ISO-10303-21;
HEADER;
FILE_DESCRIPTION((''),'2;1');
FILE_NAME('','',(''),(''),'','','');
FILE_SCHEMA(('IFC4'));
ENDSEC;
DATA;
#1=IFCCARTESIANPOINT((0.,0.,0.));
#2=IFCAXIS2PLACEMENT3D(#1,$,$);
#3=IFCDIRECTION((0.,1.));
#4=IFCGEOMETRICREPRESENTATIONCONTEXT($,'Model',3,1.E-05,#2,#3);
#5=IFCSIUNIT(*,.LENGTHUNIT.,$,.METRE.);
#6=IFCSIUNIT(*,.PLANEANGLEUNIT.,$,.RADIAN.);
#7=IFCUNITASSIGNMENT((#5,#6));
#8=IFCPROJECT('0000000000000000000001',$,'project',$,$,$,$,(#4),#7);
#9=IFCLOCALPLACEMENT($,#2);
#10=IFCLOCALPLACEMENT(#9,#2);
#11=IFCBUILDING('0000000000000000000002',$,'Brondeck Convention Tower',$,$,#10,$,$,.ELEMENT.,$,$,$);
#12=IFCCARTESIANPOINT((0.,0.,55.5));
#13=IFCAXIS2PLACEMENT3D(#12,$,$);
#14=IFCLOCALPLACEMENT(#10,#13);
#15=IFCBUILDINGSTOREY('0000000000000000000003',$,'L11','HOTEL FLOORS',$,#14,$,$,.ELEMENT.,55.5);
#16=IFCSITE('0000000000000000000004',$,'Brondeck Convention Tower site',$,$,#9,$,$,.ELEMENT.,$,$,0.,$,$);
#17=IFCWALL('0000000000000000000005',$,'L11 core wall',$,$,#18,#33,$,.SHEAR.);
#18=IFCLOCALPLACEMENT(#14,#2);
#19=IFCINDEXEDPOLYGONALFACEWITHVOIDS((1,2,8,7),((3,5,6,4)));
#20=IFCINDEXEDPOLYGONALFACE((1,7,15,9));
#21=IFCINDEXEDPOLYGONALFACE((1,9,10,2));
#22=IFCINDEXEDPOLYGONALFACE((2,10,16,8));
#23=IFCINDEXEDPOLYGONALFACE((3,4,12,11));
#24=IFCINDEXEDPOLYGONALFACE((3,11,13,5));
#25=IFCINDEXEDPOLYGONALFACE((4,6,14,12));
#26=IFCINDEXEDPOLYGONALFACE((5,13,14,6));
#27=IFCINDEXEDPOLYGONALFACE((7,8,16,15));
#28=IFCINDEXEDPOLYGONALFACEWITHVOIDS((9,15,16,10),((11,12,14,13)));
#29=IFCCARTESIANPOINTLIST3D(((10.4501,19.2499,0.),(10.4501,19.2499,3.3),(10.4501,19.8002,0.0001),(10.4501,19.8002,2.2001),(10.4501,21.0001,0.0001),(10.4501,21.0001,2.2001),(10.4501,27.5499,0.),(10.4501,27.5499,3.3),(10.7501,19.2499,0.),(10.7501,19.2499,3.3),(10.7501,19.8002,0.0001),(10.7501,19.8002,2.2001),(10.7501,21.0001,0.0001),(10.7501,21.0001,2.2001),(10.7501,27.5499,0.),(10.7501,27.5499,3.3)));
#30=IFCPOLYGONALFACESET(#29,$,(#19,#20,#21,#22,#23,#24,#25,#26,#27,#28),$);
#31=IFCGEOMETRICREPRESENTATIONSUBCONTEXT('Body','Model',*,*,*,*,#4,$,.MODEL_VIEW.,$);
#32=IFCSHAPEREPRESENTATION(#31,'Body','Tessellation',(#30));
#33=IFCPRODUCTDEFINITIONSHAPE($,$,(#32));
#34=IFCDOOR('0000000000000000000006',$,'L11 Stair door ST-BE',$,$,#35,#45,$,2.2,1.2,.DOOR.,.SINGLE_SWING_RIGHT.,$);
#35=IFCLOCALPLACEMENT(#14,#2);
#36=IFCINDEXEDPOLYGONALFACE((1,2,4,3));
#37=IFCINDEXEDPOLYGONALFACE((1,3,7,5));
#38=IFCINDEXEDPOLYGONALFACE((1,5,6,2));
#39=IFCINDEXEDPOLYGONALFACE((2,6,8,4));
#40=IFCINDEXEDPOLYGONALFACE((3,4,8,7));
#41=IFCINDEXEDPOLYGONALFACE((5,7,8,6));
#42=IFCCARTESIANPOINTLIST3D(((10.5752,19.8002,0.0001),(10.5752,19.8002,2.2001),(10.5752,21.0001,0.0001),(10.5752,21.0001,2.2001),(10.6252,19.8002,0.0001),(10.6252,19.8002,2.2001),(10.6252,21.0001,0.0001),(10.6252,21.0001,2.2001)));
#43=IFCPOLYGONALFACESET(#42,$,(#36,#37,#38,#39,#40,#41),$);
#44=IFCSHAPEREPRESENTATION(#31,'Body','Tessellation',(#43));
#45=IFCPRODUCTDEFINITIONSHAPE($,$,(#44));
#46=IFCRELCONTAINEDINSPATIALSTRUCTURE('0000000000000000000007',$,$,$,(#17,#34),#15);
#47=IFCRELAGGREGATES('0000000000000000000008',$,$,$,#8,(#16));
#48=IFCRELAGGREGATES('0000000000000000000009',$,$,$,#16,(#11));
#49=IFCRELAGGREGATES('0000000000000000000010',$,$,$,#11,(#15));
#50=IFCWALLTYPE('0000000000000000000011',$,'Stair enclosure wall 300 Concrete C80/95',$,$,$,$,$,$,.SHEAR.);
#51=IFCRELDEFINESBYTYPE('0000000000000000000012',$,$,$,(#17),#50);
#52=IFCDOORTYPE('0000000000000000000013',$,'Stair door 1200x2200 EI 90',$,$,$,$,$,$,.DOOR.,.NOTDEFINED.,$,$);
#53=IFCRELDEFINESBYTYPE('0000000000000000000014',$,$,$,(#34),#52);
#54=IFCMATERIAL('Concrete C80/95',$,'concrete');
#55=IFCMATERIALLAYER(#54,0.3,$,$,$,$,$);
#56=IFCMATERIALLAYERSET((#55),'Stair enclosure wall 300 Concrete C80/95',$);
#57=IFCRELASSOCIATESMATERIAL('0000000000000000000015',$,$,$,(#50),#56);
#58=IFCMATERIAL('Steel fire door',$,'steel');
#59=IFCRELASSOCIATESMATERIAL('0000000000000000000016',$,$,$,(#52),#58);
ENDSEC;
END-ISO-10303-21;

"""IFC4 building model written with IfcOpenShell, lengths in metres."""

from ifc_helpers import new_model, si_unit, direction, frame, frame_2d, origin, place, context, subcontext, project, spatial, rectangle, extrude, material, layer, layer_set, type_object, element, fill, save


model = new_model("IFC4")

# Units and contexts
model_context = context("Model", 3, precision=1e-05, world=origin(), true_north=direction((0.0, 1.0)))
body_context = subcontext(model_context, "Body", "Model", "MODEL_VIEW")
ifc_project = project(units=[si_unit("LENGTHUNIT", "METRE"), si_unit("PLANEANGLEUNIT", "RADIAN")], contexts=[model_context])

# Site, building, storey
site_placement = place(None, origin())
site = spatial("IfcSite", under=ifc_project, at=site_placement, Name="Brondeck Convention Tower site", CompositionType="ELEMENT", RefElevation=0.0)
building_placement = place(site_placement, origin())
building = spatial("IfcBuilding", under=site, at=building_placement, Name="Brondeck Convention Tower", CompositionType="ELEMENT")
storey_placement = place(building_placement, frame((0.0, 0.0, 55.5)))
storey = spatial("IfcBuildingStorey", under=building, at=storey_placement, Name="L11", Description="HOTEL FLOORS", CompositionType="ELEMENT", Elevation=55.5)

# Shared definitions
ifc_material_1 = material(Name="Concrete C80/95", Category="concrete")

# Shared definitions
ifc_layer_1 = layer(ifc_material_1, 0.3)
ifc_layer_set_1 = layer_set([ifc_layer_1], Name="Stair enclosure wall 300 Concrete C80/95")
wall_type_1 = type_object("IfcWallType", Name="Stair enclosure wall 300 Concrete C80/95", PredefinedType="SHEAR", material=ifc_layer_set_1)

# Wall, opening, door
wall_1_placement = place(storey_placement, frame((10.6001, 19.25, 0.0), z_axis=(0.0, 0.0, 1.0), x_axis=(0.0, 1.0, 0.0)))
wall_1 = element("IfcWall", 1, at=wall_1_placement, inside=storey, type_object=wall_type_1, Name="L11 core wall", PredefinedType="SHEAR", context=body_context, shape_type="SweptSolid", body=[
    extrude(rectangle(XDim=8.3, YDim=0.3, at=frame_2d((4.1499, 0.0))), origin(), (0.0, 0.0, 1.0), 3.3),
])
opening_1_placement = place(wall_1_placement, frame((0.55, 0.0, 0.0)))
opening_1 = element("IfcOpeningElement", 2, at=opening_1_placement, cuts=wall_1, PredefinedType="OPENING", context=body_context, shape_type="SweptSolid", body=[
    extrude(rectangle(XDim=1.2, YDim=2.2, at=frame_2d((0.6001, 1.1001))), frame((0.0, 0.1599, 0.0), z_axis=(0.0, -1.0, 0.0), x_axis=(1.0, 0.0, 0.0)), (0.0, 0.0, 1.0), 0.3201),
])
ifc_material_2 = material(Name="Steel fire door", Category="steel")
door_type_1 = type_object("IfcDoorType", Name="Stair door 1200x2200 EI 90", OperationType="NOTDEFINED", PredefinedType="DOOR", material=ifc_material_2)
door_1_placement = place(opening_1_placement, origin())
door_1 = element("IfcDoor", 3, at=door_1_placement, inside=storey, type_object=door_type_1, Name="L11 Stair door ST-BE", OperationType="SINGLE_SWING_RIGHT", OverallHeight=2.2, OverallWidth=1.2, PredefinedType="DOOR", context=body_context, shape_type="SweptSolid", body=[
    extrude(rectangle(XDim=1.2, YDim=2.2, at=frame_2d((0.6001, 1.1001))), frame((0.0, 0.0249, 0.0), z_axis=(0.0, -1.0, 0.0), x_axis=(1.0, 0.0, 0.0)), (0.0, 0.0, 1.0), 0.05),
])
fill(opening_1, door_1)

save(model, "model.ifc")
